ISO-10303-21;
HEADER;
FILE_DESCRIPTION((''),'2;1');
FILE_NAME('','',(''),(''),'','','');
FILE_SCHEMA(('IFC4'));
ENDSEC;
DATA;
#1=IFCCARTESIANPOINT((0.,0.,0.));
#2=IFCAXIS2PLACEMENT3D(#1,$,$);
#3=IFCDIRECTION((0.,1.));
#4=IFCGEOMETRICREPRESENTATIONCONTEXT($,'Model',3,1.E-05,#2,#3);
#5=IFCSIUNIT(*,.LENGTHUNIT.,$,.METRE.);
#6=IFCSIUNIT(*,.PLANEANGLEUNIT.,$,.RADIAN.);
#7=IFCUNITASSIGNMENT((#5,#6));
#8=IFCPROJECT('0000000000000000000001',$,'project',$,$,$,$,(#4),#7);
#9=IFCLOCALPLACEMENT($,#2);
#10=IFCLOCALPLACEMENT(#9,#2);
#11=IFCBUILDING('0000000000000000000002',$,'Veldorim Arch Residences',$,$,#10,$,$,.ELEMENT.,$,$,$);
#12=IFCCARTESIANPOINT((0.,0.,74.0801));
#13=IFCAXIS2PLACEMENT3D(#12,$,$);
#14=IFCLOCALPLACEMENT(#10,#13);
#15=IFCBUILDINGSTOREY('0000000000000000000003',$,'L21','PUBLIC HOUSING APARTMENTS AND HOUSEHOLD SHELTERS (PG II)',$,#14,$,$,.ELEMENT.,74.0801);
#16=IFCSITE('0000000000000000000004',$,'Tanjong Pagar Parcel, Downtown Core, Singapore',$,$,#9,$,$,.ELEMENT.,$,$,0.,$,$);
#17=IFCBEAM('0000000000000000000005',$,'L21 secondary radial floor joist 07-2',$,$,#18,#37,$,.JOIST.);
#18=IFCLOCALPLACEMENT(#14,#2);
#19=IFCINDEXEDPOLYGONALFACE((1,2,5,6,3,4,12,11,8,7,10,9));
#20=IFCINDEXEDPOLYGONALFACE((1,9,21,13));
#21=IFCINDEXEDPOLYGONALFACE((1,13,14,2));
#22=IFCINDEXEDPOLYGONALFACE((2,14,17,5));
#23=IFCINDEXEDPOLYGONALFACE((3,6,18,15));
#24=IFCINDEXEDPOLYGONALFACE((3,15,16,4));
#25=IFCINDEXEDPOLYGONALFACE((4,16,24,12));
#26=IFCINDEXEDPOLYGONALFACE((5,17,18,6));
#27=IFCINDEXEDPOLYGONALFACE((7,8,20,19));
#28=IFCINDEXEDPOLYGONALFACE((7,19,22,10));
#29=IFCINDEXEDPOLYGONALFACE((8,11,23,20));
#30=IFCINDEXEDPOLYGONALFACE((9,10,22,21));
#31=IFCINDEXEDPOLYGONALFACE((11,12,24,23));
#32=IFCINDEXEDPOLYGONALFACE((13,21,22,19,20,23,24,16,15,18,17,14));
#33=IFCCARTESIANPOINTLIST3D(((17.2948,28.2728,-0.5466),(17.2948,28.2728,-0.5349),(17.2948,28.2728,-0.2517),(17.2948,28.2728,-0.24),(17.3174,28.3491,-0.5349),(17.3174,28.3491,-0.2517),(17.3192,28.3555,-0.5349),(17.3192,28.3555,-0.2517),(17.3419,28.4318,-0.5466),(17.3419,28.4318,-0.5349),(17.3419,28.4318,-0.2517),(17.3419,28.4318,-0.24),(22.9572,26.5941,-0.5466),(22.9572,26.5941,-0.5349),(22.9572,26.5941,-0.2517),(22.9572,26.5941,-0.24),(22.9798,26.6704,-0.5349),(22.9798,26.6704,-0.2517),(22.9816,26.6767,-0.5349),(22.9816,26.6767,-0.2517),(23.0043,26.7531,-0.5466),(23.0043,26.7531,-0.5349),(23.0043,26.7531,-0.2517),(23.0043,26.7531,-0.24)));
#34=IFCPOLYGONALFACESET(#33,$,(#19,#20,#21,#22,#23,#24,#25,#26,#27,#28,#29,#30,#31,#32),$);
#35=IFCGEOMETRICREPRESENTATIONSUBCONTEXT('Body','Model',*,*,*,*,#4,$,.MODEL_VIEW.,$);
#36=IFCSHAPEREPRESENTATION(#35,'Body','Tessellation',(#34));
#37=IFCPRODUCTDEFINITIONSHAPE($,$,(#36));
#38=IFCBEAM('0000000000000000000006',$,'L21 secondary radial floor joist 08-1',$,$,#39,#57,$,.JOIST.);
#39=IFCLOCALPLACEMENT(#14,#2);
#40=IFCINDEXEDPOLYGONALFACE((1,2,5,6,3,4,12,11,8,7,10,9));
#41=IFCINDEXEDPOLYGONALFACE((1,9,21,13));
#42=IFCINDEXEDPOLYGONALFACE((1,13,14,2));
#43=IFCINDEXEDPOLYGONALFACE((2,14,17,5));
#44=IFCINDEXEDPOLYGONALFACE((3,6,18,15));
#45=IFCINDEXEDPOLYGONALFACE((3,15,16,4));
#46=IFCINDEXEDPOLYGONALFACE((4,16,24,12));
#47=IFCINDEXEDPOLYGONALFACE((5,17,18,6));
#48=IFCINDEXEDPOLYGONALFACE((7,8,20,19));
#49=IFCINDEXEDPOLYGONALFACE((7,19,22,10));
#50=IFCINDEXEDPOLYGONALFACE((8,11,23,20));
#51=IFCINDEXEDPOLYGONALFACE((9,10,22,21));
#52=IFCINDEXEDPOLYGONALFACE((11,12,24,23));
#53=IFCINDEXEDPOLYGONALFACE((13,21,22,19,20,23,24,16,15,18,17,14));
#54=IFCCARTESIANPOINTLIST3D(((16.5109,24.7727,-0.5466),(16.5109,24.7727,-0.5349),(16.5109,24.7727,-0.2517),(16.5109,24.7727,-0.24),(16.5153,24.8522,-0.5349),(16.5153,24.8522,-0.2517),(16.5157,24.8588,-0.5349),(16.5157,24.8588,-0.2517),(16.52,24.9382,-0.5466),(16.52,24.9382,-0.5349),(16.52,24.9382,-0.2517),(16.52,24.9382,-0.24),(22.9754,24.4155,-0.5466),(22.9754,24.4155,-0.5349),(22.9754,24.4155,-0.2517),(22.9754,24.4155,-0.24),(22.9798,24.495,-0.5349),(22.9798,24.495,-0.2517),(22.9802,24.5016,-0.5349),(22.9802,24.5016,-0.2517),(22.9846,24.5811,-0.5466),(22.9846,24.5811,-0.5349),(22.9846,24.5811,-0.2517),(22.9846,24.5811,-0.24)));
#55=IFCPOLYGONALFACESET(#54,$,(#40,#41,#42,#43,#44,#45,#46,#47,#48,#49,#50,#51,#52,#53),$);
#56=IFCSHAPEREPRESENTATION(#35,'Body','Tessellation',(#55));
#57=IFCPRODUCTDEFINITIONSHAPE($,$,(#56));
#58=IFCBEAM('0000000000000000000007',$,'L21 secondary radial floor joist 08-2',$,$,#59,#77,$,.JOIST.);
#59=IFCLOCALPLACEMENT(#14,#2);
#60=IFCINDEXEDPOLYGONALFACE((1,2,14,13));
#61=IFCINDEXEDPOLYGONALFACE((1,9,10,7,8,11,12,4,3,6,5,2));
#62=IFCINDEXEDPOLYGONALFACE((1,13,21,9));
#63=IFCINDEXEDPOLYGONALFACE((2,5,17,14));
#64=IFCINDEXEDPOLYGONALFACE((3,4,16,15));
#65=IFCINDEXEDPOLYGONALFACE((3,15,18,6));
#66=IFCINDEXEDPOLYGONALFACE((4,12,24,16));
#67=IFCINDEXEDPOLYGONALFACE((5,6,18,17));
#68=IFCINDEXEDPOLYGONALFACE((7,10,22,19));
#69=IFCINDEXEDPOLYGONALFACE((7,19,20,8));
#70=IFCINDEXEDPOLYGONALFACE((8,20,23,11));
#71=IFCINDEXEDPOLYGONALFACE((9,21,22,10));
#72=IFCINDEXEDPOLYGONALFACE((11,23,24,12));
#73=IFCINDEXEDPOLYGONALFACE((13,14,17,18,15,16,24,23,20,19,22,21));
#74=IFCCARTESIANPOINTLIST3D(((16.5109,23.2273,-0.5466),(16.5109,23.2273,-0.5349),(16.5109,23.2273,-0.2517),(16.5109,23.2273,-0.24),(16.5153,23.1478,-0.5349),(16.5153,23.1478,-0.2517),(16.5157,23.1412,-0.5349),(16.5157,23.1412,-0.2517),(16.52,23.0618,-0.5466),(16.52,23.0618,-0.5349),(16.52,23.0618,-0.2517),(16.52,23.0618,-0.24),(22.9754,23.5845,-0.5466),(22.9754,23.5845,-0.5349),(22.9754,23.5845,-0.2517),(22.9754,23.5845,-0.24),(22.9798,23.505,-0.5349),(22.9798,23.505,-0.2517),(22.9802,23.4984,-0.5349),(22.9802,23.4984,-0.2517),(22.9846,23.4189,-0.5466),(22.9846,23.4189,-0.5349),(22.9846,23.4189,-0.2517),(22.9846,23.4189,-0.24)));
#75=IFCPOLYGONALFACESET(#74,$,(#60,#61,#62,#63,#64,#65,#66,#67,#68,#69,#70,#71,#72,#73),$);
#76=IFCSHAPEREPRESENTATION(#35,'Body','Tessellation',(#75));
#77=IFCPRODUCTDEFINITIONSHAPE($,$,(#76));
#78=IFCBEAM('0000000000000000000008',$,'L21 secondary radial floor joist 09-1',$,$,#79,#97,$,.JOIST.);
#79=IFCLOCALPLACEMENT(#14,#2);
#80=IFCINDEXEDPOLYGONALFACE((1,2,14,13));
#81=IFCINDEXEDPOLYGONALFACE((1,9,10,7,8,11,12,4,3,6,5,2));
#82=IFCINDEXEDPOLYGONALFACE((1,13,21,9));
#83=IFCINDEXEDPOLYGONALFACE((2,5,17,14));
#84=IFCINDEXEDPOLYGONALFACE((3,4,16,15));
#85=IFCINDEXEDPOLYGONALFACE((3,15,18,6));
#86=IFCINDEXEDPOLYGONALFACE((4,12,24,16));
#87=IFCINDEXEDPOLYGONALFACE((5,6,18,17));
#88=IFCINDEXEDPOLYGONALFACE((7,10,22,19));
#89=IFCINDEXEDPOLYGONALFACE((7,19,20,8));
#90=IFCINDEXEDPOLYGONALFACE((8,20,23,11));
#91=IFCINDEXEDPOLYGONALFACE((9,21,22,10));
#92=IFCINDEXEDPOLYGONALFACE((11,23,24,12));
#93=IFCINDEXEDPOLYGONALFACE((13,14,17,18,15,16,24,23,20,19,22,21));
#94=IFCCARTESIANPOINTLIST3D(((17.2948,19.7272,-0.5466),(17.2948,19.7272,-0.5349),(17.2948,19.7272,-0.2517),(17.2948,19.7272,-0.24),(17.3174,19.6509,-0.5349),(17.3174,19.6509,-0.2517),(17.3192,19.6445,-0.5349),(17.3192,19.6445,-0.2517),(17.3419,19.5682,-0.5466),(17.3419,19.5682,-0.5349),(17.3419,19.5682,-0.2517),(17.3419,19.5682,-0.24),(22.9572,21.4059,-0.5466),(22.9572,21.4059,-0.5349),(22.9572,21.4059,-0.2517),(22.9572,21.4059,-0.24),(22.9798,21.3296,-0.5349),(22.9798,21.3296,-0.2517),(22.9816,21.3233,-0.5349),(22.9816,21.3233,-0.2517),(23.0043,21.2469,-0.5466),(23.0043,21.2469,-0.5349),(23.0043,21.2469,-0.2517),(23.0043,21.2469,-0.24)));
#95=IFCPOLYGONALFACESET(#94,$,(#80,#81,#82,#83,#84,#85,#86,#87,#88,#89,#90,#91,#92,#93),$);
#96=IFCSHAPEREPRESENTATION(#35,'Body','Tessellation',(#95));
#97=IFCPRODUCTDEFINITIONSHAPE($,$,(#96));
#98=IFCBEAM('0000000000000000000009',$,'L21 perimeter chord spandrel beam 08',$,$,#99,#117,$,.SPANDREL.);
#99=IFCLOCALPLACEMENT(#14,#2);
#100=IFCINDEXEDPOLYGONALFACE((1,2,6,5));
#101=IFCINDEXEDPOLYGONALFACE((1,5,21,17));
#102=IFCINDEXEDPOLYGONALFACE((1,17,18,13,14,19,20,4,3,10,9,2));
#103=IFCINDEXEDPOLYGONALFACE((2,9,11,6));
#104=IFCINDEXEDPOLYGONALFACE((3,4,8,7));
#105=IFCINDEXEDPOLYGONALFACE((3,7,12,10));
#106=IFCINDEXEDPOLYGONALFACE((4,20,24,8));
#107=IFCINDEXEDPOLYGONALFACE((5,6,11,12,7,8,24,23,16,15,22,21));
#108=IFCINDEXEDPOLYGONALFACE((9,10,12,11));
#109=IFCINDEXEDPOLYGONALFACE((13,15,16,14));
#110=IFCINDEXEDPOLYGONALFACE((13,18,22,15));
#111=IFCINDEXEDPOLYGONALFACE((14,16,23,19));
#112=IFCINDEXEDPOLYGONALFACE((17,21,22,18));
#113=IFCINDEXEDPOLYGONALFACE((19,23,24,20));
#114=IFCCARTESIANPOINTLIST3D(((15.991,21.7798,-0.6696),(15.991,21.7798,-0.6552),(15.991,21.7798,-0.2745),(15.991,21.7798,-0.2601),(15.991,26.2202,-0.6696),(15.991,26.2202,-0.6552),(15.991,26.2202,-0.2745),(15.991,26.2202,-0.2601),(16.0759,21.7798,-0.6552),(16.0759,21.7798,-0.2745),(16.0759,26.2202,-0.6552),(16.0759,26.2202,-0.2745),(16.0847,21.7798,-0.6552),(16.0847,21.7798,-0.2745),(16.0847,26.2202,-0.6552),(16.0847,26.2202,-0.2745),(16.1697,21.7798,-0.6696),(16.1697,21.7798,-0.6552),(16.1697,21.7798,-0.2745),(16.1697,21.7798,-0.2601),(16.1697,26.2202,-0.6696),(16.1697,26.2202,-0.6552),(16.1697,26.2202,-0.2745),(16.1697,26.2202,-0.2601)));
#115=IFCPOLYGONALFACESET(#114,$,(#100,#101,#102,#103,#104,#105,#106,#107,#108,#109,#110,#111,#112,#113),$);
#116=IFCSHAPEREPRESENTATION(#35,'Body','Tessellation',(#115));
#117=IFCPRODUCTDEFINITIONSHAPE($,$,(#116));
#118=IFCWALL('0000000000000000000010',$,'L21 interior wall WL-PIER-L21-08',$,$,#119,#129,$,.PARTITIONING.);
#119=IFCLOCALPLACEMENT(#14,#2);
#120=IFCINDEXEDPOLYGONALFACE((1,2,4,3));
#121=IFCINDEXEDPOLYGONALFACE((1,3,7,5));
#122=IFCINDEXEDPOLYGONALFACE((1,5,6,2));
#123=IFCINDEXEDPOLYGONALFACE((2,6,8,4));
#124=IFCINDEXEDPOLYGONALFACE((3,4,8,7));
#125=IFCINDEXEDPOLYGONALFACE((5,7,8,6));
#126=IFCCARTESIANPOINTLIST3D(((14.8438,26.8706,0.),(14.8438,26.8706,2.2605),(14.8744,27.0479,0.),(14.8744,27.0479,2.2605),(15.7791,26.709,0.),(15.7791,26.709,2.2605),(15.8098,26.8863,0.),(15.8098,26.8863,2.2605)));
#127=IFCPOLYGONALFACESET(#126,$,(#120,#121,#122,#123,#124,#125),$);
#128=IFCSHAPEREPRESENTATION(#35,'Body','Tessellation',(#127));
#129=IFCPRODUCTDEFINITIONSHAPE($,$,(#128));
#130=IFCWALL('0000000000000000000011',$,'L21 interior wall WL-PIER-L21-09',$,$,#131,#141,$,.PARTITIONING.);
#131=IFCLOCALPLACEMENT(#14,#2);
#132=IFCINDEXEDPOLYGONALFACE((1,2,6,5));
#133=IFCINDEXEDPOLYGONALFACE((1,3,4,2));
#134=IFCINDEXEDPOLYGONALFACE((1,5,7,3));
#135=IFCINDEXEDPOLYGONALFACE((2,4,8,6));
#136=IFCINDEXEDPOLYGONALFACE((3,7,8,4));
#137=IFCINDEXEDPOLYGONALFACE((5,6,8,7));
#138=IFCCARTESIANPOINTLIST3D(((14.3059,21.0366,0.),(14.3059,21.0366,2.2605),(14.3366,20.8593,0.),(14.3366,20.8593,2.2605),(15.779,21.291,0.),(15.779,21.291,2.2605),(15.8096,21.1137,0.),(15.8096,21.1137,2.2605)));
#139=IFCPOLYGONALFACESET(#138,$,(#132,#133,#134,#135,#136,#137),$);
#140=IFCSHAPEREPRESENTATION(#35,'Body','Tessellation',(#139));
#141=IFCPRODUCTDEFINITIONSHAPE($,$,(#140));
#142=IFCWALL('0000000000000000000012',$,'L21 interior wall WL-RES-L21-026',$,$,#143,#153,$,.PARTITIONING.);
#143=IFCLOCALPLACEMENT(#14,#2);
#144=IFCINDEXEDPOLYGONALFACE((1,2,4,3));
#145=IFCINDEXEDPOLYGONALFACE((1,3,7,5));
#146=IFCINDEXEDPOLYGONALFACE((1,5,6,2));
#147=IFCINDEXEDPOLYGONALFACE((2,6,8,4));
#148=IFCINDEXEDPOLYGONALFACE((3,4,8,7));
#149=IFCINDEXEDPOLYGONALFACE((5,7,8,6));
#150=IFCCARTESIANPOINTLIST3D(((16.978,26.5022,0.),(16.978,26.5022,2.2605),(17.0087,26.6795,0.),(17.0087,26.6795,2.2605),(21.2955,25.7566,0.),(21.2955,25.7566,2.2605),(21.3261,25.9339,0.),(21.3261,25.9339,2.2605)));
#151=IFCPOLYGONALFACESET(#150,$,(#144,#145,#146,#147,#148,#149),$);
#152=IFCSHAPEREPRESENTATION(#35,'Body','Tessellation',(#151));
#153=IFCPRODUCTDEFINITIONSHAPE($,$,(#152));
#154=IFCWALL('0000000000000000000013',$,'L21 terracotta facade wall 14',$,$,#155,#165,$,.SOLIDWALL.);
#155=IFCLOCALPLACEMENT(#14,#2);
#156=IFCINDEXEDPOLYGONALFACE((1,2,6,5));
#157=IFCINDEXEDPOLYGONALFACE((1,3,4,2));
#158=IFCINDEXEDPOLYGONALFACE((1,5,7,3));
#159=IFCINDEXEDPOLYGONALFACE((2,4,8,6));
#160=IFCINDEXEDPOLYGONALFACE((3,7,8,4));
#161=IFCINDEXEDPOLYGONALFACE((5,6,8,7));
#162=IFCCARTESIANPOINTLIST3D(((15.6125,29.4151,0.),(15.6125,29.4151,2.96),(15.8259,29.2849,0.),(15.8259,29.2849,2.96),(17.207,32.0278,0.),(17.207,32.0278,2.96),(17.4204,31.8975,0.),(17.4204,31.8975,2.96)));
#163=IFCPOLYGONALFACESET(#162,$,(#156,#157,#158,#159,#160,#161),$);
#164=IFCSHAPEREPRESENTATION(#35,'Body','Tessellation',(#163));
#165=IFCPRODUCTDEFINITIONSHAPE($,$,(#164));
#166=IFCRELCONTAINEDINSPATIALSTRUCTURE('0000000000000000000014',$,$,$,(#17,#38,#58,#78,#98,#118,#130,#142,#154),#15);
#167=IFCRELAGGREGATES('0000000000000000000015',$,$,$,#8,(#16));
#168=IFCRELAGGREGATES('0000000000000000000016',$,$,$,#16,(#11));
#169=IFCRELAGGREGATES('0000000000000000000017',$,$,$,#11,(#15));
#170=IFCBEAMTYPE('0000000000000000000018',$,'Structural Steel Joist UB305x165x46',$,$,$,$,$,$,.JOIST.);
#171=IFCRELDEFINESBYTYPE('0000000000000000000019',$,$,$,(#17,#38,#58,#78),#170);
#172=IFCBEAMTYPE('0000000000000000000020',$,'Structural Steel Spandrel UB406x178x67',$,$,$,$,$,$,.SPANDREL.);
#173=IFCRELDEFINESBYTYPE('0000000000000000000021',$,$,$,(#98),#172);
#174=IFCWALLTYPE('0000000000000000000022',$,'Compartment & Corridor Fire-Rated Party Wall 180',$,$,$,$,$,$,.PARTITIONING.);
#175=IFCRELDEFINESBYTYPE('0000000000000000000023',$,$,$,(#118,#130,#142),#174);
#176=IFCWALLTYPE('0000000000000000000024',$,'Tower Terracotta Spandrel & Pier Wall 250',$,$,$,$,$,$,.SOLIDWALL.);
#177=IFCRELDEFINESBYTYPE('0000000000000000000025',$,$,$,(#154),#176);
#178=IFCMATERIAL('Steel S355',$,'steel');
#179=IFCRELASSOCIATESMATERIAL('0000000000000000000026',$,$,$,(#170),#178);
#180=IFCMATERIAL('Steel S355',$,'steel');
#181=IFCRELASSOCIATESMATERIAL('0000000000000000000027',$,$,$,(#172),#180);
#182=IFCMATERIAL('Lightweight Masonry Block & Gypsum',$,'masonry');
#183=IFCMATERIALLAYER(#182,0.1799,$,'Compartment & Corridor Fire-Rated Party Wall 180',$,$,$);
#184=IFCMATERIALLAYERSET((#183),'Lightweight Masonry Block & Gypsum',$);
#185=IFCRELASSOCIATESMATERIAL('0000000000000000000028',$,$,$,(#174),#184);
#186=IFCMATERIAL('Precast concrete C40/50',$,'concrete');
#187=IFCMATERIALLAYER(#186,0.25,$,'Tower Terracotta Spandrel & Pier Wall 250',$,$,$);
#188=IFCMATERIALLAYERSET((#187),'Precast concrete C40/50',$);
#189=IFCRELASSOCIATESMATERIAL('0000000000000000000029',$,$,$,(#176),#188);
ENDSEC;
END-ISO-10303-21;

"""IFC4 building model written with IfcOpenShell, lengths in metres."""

from ifc_helpers import new_model, si_unit, direction, frame, frame_2d, origin, origin_2d, place, context, subcontext, project, spatial, rectangle, i_section, extrude, material, layer, layer_set, material_profile, profile_set, type_object, element, save


model = new_model("IFC4")

# Units and contexts
model_context = context("Model", 3, precision=1e-05, world=origin(), true_north=direction((0.0, 1.0)))
body_context = subcontext(model_context, "Body", "Model", "MODEL_VIEW")
ifc_project = project(units=[si_unit("LENGTHUNIT", "METRE"), si_unit("PLANEANGLEUNIT", "RADIAN")], contexts=[model_context])

# Site, building, storey
site_placement = place(None, origin())
site = spatial("IfcSite", under=ifc_project, at=site_placement, Name="Tanjong Pagar Parcel, Downtown Core, Singapore", CompositionType="ELEMENT", RefElevation=0.0)
building_placement = place(site_placement, origin())
building = spatial("IfcBuilding", under=site, at=building_placement, Name="Veldorim Arch Residences", CompositionType="ELEMENT")
storey_placement = place(building_placement, frame((0.0, 0.0, 74.0801)))
storey = spatial("IfcBuildingStorey", under=building, at=storey_placement, Name="L21", Description="PUBLIC HOUSING APARTMENTS AND HOUSEHOLD SHELTERS (PG II)", CompositionType="ELEMENT", Elevation=74.0801)

# Beams
ifc_material_1 = material(Name="Steel S355", Category="steel")
ifc_material_profile_1 = material_profile(ifc_material_1, i_section(OverallWidth=0.1658, OverallDepth=0.3066, WebThickness=0.0066, FlangeThickness=0.0117, at=origin_2d()), Name="UB305x165x46")
ifc_profile_set_1 = profile_set([ifc_material_profile_1], Name="Steel S355")
beam_type_1 = type_object("IfcBeamType", Name="Structural Steel Joist UB305x165x46", PredefinedType="JOIST", material=ifc_profile_set_1)
beam_1_placement = place(storey_placement, frame((22.9807, 26.6736, -0.3933), z_axis=(-0.958753, 0.28424, 0.0), x_axis=(-0.28424, -0.958753, 0.0)))
element("IfcBeam", 1, at=beam_1_placement, inside=storey, type_object=beam_type_1, Name="L21 secondary radial floor joist 07-2", PredefinedType="JOIST", context=body_context, shape_type="SweptSolid", body=[
    extrude(i_section(OverallWidth=0.1658, OverallDepth=0.3066, WebThickness=0.0066, FlangeThickness=0.0117, at=origin_2d()), origin(), (0.0, 0.0, 1.0), 5.906),
])
for number, where, z_axis, x_axis, name in (
    (2, (22.98, 24.4983, -0.3933), (-0.998477, 0.055167, 0.0), (-0.055167, -0.998477, 0.0), "L21 secondary radial floor joist 08-1"),
    (3, (22.98, 23.5017, -0.3933), (-0.998477, -0.055167, 0.0), (0.055167, -0.998477, 0.0), "L21 secondary radial floor joist 08-2"),
):
    element("IfcBeam", number, at=place(storey_placement, frame(where, z_axis=z_axis, x_axis=x_axis)), inside=storey, type_object=beam_type_1, Name=name, PredefinedType="JOIST", context=body_context, shape_type="SweptSolid", body=[
        extrude(i_section(OverallWidth=0.1658, OverallDepth=0.3066, WebThickness=0.0066, FlangeThickness=0.0117, at=origin_2d()), origin(), (0.0, 0.0, 1.0), 6.4744),
    ])
beam_2_placement = place(storey_placement, frame((22.9807, 21.3264, -0.3933), z_axis=(-0.958753, -0.28424, 0.0), x_axis=(0.28424, -0.958753, 0.0)))
element("IfcBeam", 4, at=beam_2_placement, inside=storey, type_object=beam_type_1, Name="L21 secondary radial floor joist 09-1", PredefinedType="JOIST", context=body_context, shape_type="SweptSolid", body=[
    extrude(i_section(OverallWidth=0.1658, OverallDepth=0.3066, WebThickness=0.0066, FlangeThickness=0.0117, at=origin_2d()), origin(), (0.0, 0.0, 1.0), 5.906),
])
ifc_material_2 = material(Name="Steel S355", Category="steel")
ifc_material_profile_2 = material_profile(ifc_material_2, i_section(OverallWidth=0.1787, OverallDepth=0.4094, WebThickness=0.0088, FlangeThickness=0.0144, at=origin_2d()), Name="UB406x178x67")
ifc_profile_set_2 = profile_set([ifc_material_profile_2], Name="Steel S355")
beam_type_2 = type_object("IfcBeamType", Name="Structural Steel Spandrel UB406x178x67", PredefinedType="SPANDREL", material=ifc_profile_set_2)
beam_3_placement = place(storey_placement, frame((16.0803, 26.2202, -0.4648), z_axis=(0.0, -1.0, 0.0), x_axis=(1.0, 0.0, 0.0)))
element("IfcBeam", 5, at=beam_3_placement, inside=storey, type_object=beam_type_2, Name="L21 perimeter chord spandrel beam 08", PredefinedType="SPANDREL", context=body_context, shape_type="SweptSolid", body=[
    extrude(i_section(OverallWidth=0.1787, OverallDepth=0.4094, WebThickness=0.0088, FlangeThickness=0.0144, at=origin_2d()), origin(), (0.0, 0.0, 1.0), 4.4404),
])

# Walls
ifc_material_3 = material(Name="Lightweight Masonry Block & Gypsum", Category="masonry")
ifc_layer_1 = layer(ifc_material_3, 0.1799, Name="Compartment & Corridor Fire-Rated Party Wall 180")
ifc_layer_set_1 = layer_set([ifc_layer_1], Name="Lightweight Masonry Block & Gypsum")
wall_type_1 = type_object("IfcWallType", Name="Compartment & Corridor Fire-Rated Party Wall 180", PredefinedType="PARTITIONING", material=ifc_layer_set_1)
wall_1_placement = place(storey_placement, frame((15.7944, 26.7976, 0.0), z_axis=(0.0, 0.0, 1.0), x_axis=(-0.985396, 0.170277, 0.0)))
element("IfcWall", 6, at=wall_1_placement, inside=storey, type_object=wall_type_1, Name="L21 interior wall WL-PIER-L21-08", PredefinedType="PARTITIONING", context=body_context, shape_type="SweptSolid", body=[
    extrude(rectangle(XDim=0.9492, YDim=0.1799, at=frame_2d((0.4746, 0.0))), origin(), (0.0, 0.0, 1.0), 2.2605),
])
wall_2_placement = place(storey_placement, frame((15.7944, 21.2024, 0.0), z_axis=(0.0, 0.0, 1.0), x_axis=(-0.985415, -0.170169, 0.0)))
element("IfcWall", 7, at=wall_2_placement, inside=storey, type_object=wall_type_1, Name="L21 interior wall WL-PIER-L21-09", PredefinedType="PARTITIONING", context=body_context, shape_type="SweptSolid", body=[
    extrude(rectangle(XDim=1.4949, YDim=0.1799, at=frame_2d((0.7476, 0.0))), origin(), (0.0, 0.0, 1.0), 2.2605),
])
wall_3_placement = place(storey_placement, frame((21.3108, 25.8452, 0.0), z_axis=(0.0, 0.0, 1.0), x_axis=(-0.985413, 0.170179, 0.0)))
element("IfcWall", 8, at=wall_3_placement, inside=storey, type_object=wall_type_1, Name="L21 interior wall WL-RES-L21-026", PredefinedType="PARTITIONING", context=body_context, shape_type="SweptSolid", body=[
    extrude(rectangle(XDim=4.3813, YDim=0.1799, at=frame_2d((2.1907, 0.0))), origin(), (0.0, 0.0, 1.0), 2.2605),
])
ifc_material_4 = material(Name="Precast concrete C40/50", Category="concrete")
ifc_layer_2 = layer(ifc_material_4, 0.25, Name="Tower Terracotta Spandrel & Pier Wall 250")
ifc_layer_set_2 = layer_set([ifc_layer_2], Name="Precast concrete C40/50")
wall_type_2 = type_object("IfcWallType", Name="Tower Terracotta Spandrel & Pier Wall 250", PredefinedType="SOLIDWALL", material=ifc_layer_set_2)
wall_4_placement = place(storey_placement, frame((15.7192, 29.3501, 0.0), z_axis=(0.0, 0.0, 1.0), x_axis=(0.520956, 0.853583, 0.0)))
element("IfcWall", 9, at=wall_4_placement, inside=storey, type_object=wall_type_2, Name="L21 terracotta facade wall 14", PredefinedType="SOLIDWALL", context=body_context, shape_type="SweptSolid", body=[
    extrude(rectangle(XDim=3.0608, YDim=0.25, at=frame_2d((1.5303, 0.0))), origin(), (0.0, 0.0, 1.0), 2.96),
])

save(model, "model.ifc")
